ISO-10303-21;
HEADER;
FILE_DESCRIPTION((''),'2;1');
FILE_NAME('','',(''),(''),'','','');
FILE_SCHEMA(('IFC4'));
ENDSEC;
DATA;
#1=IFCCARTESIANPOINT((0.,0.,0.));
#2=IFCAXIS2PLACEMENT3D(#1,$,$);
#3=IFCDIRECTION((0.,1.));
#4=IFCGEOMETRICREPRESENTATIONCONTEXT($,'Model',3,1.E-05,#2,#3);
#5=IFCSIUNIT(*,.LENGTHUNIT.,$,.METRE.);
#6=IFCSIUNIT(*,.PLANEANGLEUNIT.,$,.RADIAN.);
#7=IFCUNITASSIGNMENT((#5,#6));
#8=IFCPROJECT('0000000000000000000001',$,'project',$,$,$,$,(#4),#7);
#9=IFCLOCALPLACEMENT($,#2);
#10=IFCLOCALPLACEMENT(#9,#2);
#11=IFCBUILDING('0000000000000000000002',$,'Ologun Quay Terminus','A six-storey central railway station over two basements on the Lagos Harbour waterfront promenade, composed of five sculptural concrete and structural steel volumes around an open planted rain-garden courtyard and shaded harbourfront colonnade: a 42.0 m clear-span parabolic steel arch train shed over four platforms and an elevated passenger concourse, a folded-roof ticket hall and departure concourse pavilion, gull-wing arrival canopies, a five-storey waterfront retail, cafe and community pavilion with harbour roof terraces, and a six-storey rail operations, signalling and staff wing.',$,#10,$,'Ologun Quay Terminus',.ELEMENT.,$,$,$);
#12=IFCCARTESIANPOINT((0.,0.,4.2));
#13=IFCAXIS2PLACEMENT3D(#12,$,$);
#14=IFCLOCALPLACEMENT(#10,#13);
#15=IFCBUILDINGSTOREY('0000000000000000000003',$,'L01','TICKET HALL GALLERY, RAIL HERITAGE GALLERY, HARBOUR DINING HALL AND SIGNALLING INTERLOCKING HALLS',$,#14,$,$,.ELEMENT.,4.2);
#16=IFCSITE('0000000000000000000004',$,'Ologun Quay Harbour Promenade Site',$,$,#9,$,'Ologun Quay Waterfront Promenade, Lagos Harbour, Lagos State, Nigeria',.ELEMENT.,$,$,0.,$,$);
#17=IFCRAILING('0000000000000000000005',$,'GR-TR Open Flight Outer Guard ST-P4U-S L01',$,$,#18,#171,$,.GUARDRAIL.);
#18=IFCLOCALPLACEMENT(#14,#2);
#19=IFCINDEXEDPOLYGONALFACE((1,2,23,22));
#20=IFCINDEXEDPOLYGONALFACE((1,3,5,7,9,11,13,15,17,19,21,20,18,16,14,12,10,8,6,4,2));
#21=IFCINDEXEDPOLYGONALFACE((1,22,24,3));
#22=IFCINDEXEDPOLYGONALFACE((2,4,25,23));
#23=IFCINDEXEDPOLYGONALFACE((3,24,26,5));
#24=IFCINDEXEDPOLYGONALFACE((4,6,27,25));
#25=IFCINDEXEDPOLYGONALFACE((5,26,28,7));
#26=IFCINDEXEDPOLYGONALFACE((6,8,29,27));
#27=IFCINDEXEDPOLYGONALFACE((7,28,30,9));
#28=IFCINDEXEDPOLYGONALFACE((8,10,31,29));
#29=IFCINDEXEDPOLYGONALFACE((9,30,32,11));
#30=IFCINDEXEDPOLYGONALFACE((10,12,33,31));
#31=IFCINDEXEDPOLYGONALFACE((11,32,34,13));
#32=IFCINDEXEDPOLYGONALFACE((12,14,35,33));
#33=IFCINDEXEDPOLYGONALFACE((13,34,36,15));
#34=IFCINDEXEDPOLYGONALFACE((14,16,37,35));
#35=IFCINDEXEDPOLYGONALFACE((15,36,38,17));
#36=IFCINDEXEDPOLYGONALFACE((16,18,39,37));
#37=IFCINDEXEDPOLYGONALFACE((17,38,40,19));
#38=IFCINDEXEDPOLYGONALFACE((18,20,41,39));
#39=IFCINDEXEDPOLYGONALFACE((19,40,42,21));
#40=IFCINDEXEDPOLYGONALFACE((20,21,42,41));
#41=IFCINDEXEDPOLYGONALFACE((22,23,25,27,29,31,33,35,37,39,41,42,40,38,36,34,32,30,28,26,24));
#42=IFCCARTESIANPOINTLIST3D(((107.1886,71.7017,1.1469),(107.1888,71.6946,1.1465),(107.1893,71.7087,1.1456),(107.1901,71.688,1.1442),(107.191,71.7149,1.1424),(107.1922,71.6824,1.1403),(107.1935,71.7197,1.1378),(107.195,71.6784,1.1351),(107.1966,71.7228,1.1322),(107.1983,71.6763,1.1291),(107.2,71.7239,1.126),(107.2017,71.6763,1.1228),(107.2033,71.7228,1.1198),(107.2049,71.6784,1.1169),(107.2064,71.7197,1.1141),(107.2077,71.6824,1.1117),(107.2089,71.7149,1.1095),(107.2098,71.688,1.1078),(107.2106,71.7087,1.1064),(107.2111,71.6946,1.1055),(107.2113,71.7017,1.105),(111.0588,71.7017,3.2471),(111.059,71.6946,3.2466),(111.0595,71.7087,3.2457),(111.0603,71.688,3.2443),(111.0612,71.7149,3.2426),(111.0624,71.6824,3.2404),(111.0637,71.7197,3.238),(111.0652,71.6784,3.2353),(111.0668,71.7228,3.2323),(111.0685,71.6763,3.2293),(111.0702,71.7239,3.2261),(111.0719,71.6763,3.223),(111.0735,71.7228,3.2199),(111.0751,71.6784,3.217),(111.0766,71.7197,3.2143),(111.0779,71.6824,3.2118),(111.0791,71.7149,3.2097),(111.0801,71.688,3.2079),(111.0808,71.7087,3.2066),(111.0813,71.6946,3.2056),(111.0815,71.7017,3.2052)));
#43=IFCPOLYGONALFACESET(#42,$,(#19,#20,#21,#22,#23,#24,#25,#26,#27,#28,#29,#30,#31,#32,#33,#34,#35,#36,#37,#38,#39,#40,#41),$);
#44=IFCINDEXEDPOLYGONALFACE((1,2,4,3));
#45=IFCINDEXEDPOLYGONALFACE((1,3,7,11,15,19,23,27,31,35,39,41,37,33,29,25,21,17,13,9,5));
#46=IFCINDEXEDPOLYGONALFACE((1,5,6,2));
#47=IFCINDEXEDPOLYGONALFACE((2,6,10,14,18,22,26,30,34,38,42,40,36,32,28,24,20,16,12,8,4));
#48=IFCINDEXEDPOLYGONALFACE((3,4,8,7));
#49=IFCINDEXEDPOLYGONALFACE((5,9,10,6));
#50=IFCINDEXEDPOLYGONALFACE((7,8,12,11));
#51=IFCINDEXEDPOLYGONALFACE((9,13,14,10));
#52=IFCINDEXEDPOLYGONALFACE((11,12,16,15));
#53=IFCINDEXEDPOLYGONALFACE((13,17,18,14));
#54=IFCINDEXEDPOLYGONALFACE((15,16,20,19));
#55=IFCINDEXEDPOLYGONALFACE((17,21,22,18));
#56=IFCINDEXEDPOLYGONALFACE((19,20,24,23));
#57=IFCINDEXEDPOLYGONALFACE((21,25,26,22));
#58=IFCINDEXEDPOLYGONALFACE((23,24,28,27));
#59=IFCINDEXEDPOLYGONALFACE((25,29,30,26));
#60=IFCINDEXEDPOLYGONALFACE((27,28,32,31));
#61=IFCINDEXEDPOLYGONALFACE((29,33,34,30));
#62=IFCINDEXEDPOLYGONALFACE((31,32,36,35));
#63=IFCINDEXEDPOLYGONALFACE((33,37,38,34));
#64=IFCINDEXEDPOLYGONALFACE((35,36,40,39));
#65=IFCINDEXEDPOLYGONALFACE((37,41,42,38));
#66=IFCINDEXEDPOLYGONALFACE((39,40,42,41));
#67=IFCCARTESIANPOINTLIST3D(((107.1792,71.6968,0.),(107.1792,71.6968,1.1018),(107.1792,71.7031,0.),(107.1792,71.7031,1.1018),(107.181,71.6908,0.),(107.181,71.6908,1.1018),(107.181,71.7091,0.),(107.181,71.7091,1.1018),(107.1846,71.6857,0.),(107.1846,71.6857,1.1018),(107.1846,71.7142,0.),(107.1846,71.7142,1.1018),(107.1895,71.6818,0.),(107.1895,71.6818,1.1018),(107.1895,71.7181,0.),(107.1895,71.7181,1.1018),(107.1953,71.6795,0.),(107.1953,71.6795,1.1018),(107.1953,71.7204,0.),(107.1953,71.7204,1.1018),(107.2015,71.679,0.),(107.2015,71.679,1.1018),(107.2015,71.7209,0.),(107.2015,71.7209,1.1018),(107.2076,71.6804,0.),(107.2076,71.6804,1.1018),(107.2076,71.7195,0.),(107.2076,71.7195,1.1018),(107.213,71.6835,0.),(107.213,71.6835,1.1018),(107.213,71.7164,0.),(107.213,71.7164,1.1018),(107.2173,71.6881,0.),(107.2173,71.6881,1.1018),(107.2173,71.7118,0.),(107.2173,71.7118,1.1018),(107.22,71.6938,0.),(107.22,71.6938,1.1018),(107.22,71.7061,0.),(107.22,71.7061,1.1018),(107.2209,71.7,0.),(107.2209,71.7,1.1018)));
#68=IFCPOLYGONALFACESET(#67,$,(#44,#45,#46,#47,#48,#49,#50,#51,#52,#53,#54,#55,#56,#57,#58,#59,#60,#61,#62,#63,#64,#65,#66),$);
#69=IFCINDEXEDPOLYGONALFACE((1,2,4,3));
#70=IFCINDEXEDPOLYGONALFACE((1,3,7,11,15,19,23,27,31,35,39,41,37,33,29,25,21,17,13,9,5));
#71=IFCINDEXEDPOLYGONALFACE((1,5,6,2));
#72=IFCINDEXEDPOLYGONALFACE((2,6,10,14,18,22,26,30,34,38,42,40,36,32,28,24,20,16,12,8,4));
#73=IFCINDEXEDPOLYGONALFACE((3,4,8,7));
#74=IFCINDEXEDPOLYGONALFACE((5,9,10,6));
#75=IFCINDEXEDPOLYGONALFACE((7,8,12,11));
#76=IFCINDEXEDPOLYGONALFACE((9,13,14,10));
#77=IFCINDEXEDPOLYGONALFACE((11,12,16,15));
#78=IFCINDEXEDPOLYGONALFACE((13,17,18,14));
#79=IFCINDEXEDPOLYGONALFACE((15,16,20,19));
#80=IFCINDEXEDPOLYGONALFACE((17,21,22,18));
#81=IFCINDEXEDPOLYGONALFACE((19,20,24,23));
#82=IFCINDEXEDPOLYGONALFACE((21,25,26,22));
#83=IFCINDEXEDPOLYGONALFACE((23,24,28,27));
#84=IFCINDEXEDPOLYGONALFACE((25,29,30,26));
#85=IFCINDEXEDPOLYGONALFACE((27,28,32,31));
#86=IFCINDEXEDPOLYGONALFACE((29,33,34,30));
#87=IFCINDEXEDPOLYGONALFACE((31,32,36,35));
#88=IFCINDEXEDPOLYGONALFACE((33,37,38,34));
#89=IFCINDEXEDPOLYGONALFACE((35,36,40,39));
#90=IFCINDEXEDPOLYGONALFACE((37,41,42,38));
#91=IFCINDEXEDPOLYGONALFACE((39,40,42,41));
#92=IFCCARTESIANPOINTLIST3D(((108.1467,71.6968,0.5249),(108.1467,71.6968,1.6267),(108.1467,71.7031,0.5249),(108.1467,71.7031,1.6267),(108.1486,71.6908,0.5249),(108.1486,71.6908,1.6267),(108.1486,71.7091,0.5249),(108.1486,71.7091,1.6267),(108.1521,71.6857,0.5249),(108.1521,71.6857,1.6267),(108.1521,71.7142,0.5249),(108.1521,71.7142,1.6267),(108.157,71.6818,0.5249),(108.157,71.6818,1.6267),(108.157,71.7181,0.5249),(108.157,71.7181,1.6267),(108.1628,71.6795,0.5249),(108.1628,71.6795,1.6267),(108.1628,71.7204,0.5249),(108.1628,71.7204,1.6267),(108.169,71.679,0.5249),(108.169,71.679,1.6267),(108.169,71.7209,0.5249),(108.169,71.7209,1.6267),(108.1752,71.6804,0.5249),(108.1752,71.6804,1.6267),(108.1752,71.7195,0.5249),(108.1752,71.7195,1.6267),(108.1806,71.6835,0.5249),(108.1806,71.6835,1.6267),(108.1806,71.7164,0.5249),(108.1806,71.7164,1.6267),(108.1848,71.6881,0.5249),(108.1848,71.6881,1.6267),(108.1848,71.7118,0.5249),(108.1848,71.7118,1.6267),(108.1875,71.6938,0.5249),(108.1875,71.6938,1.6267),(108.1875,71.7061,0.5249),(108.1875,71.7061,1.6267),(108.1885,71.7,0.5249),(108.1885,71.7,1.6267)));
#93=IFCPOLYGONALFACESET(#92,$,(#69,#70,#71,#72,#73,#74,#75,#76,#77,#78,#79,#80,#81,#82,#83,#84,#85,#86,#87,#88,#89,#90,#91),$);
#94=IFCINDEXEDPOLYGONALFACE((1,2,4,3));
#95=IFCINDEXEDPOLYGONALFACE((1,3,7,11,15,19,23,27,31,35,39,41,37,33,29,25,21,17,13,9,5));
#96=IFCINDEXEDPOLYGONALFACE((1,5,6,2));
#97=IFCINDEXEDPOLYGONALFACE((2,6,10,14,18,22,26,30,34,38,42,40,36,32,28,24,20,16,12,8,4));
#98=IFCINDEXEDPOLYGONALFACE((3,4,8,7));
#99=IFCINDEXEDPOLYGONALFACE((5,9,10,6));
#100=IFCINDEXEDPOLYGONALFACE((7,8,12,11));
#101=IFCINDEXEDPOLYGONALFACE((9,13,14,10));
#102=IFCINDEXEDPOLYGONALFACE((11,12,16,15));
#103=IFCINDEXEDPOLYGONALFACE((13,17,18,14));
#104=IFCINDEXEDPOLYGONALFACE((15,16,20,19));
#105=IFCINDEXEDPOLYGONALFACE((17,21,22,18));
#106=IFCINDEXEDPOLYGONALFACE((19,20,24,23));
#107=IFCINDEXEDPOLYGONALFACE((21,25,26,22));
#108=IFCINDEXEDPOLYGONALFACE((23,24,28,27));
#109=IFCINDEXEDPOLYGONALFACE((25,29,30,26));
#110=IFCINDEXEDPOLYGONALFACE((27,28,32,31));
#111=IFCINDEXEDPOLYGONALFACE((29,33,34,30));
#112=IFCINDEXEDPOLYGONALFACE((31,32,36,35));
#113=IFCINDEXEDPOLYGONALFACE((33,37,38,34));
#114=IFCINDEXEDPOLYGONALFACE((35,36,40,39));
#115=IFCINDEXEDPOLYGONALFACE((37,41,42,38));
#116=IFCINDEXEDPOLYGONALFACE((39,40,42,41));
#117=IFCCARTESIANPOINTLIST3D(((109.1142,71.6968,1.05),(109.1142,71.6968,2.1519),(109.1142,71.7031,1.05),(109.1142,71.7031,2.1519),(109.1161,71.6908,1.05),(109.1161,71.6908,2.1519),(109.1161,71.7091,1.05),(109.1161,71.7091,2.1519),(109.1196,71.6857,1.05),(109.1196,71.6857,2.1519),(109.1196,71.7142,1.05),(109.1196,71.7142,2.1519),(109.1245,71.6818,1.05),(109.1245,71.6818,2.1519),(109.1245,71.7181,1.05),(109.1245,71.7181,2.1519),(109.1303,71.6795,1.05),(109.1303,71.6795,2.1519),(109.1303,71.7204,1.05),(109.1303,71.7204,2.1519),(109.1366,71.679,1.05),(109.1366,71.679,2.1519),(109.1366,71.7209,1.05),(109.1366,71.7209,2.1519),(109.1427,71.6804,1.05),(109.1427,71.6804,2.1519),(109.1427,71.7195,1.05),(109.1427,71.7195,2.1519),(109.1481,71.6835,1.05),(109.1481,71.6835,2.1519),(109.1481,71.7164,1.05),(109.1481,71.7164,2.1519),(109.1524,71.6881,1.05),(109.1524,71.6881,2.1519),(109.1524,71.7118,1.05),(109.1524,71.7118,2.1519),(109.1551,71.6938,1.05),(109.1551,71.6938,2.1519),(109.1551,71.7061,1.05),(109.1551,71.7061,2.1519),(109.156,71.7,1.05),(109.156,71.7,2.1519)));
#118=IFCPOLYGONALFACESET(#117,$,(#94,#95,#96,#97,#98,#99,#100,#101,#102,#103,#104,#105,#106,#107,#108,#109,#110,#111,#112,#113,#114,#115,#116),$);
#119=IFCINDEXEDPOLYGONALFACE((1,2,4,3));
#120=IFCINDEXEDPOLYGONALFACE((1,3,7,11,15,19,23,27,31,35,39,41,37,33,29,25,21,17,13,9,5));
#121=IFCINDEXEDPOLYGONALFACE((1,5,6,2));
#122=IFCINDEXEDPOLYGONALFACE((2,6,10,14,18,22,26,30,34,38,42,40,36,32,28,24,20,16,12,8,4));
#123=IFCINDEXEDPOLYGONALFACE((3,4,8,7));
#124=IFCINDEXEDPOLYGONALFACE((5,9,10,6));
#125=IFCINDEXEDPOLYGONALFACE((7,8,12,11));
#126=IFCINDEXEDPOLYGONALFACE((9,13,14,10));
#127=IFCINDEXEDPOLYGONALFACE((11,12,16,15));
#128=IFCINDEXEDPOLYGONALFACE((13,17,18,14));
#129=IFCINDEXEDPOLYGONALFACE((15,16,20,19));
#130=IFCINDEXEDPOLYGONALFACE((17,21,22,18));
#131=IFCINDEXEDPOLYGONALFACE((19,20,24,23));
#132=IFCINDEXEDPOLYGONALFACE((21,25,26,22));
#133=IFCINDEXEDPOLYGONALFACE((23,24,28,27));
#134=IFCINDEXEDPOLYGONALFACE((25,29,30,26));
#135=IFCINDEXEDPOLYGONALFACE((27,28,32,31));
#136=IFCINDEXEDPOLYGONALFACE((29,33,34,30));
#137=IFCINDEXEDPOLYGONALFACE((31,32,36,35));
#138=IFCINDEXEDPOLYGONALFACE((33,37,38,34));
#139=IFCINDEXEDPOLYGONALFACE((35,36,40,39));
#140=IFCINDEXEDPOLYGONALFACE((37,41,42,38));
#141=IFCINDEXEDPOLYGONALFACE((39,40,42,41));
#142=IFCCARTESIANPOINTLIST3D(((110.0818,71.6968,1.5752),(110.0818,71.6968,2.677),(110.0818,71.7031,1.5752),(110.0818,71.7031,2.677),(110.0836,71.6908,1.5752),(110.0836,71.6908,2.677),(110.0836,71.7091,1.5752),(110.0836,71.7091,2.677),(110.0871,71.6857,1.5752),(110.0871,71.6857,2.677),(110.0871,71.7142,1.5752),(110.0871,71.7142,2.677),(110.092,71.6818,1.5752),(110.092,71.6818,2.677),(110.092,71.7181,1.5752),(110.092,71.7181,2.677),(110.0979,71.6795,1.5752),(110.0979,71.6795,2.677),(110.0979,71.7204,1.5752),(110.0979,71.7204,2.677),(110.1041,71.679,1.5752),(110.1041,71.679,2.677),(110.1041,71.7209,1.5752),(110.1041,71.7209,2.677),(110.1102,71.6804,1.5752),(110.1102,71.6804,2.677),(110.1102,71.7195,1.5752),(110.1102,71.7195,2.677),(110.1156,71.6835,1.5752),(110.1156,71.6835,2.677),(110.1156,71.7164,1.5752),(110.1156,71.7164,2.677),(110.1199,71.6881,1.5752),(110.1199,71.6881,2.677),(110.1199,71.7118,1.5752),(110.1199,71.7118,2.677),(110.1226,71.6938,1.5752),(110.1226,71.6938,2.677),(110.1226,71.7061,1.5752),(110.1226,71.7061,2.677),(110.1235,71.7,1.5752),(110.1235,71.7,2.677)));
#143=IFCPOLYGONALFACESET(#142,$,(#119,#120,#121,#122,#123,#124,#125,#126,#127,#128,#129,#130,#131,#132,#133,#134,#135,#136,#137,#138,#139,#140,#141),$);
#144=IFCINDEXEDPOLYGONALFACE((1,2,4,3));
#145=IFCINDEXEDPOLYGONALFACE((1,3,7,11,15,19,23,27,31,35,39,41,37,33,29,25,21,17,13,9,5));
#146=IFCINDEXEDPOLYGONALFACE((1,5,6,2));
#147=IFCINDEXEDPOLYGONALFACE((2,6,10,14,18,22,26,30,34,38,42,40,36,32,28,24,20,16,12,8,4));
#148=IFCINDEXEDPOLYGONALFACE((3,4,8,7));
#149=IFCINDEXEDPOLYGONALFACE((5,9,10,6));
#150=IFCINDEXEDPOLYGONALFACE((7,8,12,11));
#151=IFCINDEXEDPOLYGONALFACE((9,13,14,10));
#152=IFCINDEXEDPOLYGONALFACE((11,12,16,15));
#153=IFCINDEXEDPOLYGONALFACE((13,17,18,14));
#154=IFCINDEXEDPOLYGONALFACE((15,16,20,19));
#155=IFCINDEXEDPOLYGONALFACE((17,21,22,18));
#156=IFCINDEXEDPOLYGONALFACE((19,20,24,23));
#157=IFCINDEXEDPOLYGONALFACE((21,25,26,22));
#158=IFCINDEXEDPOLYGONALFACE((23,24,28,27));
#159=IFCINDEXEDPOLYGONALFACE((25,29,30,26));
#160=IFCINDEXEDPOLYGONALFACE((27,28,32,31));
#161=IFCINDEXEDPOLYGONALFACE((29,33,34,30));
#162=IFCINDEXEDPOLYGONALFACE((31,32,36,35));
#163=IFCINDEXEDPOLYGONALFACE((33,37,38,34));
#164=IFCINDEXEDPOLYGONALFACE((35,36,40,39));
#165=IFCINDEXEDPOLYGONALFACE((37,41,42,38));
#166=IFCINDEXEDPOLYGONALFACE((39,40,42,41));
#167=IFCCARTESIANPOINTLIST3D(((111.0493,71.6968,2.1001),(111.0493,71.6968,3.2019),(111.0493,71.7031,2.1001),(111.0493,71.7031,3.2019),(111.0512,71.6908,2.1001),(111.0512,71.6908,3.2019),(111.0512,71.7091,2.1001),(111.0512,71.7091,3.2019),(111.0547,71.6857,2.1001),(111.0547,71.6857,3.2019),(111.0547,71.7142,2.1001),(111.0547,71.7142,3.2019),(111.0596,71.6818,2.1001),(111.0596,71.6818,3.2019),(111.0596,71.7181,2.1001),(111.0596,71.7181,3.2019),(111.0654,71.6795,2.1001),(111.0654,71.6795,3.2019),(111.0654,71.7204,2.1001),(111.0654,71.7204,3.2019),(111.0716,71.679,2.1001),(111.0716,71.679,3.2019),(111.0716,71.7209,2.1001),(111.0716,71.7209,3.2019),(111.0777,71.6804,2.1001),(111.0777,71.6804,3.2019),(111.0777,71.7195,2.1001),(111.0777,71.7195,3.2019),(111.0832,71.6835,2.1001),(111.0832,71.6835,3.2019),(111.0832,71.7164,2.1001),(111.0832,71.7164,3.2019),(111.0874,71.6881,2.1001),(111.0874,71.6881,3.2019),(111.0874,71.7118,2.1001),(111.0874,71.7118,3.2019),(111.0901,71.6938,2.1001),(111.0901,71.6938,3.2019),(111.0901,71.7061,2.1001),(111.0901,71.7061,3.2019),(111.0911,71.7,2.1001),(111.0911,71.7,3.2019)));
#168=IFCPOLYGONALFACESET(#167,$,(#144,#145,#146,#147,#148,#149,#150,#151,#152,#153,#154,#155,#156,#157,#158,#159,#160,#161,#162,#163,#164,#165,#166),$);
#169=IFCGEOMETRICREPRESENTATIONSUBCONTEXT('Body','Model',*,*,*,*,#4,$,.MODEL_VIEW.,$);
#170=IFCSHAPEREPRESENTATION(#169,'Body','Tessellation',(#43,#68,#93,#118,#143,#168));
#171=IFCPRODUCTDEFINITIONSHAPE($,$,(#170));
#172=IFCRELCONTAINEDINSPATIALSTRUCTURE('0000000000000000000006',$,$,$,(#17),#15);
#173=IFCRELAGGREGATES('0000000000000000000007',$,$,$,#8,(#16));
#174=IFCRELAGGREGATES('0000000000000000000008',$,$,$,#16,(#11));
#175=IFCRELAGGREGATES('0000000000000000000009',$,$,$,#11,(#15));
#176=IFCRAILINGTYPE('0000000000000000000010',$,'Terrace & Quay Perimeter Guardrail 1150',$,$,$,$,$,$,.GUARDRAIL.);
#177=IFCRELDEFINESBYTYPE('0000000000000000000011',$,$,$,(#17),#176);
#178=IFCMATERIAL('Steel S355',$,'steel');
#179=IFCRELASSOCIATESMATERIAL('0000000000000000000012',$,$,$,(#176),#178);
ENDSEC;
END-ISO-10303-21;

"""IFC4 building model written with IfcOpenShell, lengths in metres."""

from ifc_helpers import new_model, si_unit, direction, frame, origin, origin_2d, place, context, subcontext, project, spatial, circle, extrude, material, type_object, element, save


model = new_model("IFC4")

# Units and contexts
model_context = context("Model", 3, precision=1e-05, world=origin(), true_north=direction((0.0, 1.0)))
body_context = subcontext(model_context, "Body", "Model", "MODEL_VIEW")
ifc_project = project(units=[si_unit("LENGTHUNIT", "METRE"), si_unit("PLANEANGLEUNIT", "RADIAN")], contexts=[model_context])

# Site, building, storey
site_placement = place(None, origin())
site = spatial("IfcSite", under=ifc_project, at=site_placement, Name="Ologun Quay Harbour Promenade Site", LongName="Ologun Quay Waterfront Promenade, Lagos Harbour, Lagos State, Nigeria", CompositionType="ELEMENT", RefElevation=0.0)
building_placement = place(site_placement, origin())
building = spatial("IfcBuilding", under=site, at=building_placement, Name="Ologun Quay Terminus", Description="A six-storey central railway station over two basements on the Lagos Harbour waterfront promenade, composed of five sculptural concrete and structural steel volumes around an open planted rain-garden courtyard and shaded harbourfront colonnade: a 42.0 m clear-span parabolic steel arch train shed over four platforms and an elevated passenger concourse, a folded-roof ticket hall and departure concourse pavilion, gull-wing arrival canopies, a five-storey waterfront retail, cafe and community pavilion with harbour roof terraces, and a six-storey rail operations, signalling and staff wing.", LongName="Ologun Quay Terminus", CompositionType="ELEMENT")
storey_placement = place(building_placement, frame((0.0, 0.0, 4.2)))
storey = spatial("IfcBuildingStorey", under=building, at=storey_placement, Name="L01", Description="TICKET HALL GALLERY, RAIL HERITAGE GALLERY, HARBOUR DINING HALL AND SIGNALLING INTERLOCKING HALLS", CompositionType="ELEMENT", Elevation=4.2)

# Railing
ifc_material_1 = material(Name="Steel S355", Category="steel")
railing_type_1 = type_object("IfcRailingType", Name="Terrace & Quay Perimeter Guardrail 1150", PredefinedType="GUARDRAIL", material=ifc_material_1)
railing_1_placement = place(storey_placement, frame((107.2, 71.7, 0.0)))
element("IfcRailing", 1, at=railing_1_placement, inside=storey, type_object=railing_type_1, Name="GR-TR Open Flight Outer Guard ST-P4U-S L01", PredefinedType="GUARDRAIL", context=body_context, shape_type="SweptSolid", body=[
    extrude(circle(Radius=0.0239, at=origin_2d()), frame((0.0, 0.0, 1.126), z_axis=(0.878932, 0.0, 0.476947), x_axis=(0.0, 1.0, 0.0)), (0.0, 0.0, 1.0), 4.4033),
    extrude(circle(Radius=0.021, at=origin_2d()), origin(), (0.0, 0.0, 1.0), 1.1018),
    extrude(circle(Radius=0.021, at=origin_2d()), frame((0.9675, 0.0, 0.5249)), (0.0, 0.0, 1.0), 1.1018),
    extrude(circle(Radius=0.021, at=origin_2d()), frame((1.9351, 0.0, 1.05)), (0.0, 0.0, 1.0), 1.1018),
    extrude(circle(Radius=0.021, at=origin_2d()), frame((2.9026, 0.0, 1.5752)), (0.0, 0.0, 1.0), 1.1018),
    extrude(circle(Radius=0.021, at=origin_2d()), frame((3.8701, 0.0, 2.1001)), (0.0, 0.0, 1.0), 1.1018),
])

save(model, "model.ifc")
